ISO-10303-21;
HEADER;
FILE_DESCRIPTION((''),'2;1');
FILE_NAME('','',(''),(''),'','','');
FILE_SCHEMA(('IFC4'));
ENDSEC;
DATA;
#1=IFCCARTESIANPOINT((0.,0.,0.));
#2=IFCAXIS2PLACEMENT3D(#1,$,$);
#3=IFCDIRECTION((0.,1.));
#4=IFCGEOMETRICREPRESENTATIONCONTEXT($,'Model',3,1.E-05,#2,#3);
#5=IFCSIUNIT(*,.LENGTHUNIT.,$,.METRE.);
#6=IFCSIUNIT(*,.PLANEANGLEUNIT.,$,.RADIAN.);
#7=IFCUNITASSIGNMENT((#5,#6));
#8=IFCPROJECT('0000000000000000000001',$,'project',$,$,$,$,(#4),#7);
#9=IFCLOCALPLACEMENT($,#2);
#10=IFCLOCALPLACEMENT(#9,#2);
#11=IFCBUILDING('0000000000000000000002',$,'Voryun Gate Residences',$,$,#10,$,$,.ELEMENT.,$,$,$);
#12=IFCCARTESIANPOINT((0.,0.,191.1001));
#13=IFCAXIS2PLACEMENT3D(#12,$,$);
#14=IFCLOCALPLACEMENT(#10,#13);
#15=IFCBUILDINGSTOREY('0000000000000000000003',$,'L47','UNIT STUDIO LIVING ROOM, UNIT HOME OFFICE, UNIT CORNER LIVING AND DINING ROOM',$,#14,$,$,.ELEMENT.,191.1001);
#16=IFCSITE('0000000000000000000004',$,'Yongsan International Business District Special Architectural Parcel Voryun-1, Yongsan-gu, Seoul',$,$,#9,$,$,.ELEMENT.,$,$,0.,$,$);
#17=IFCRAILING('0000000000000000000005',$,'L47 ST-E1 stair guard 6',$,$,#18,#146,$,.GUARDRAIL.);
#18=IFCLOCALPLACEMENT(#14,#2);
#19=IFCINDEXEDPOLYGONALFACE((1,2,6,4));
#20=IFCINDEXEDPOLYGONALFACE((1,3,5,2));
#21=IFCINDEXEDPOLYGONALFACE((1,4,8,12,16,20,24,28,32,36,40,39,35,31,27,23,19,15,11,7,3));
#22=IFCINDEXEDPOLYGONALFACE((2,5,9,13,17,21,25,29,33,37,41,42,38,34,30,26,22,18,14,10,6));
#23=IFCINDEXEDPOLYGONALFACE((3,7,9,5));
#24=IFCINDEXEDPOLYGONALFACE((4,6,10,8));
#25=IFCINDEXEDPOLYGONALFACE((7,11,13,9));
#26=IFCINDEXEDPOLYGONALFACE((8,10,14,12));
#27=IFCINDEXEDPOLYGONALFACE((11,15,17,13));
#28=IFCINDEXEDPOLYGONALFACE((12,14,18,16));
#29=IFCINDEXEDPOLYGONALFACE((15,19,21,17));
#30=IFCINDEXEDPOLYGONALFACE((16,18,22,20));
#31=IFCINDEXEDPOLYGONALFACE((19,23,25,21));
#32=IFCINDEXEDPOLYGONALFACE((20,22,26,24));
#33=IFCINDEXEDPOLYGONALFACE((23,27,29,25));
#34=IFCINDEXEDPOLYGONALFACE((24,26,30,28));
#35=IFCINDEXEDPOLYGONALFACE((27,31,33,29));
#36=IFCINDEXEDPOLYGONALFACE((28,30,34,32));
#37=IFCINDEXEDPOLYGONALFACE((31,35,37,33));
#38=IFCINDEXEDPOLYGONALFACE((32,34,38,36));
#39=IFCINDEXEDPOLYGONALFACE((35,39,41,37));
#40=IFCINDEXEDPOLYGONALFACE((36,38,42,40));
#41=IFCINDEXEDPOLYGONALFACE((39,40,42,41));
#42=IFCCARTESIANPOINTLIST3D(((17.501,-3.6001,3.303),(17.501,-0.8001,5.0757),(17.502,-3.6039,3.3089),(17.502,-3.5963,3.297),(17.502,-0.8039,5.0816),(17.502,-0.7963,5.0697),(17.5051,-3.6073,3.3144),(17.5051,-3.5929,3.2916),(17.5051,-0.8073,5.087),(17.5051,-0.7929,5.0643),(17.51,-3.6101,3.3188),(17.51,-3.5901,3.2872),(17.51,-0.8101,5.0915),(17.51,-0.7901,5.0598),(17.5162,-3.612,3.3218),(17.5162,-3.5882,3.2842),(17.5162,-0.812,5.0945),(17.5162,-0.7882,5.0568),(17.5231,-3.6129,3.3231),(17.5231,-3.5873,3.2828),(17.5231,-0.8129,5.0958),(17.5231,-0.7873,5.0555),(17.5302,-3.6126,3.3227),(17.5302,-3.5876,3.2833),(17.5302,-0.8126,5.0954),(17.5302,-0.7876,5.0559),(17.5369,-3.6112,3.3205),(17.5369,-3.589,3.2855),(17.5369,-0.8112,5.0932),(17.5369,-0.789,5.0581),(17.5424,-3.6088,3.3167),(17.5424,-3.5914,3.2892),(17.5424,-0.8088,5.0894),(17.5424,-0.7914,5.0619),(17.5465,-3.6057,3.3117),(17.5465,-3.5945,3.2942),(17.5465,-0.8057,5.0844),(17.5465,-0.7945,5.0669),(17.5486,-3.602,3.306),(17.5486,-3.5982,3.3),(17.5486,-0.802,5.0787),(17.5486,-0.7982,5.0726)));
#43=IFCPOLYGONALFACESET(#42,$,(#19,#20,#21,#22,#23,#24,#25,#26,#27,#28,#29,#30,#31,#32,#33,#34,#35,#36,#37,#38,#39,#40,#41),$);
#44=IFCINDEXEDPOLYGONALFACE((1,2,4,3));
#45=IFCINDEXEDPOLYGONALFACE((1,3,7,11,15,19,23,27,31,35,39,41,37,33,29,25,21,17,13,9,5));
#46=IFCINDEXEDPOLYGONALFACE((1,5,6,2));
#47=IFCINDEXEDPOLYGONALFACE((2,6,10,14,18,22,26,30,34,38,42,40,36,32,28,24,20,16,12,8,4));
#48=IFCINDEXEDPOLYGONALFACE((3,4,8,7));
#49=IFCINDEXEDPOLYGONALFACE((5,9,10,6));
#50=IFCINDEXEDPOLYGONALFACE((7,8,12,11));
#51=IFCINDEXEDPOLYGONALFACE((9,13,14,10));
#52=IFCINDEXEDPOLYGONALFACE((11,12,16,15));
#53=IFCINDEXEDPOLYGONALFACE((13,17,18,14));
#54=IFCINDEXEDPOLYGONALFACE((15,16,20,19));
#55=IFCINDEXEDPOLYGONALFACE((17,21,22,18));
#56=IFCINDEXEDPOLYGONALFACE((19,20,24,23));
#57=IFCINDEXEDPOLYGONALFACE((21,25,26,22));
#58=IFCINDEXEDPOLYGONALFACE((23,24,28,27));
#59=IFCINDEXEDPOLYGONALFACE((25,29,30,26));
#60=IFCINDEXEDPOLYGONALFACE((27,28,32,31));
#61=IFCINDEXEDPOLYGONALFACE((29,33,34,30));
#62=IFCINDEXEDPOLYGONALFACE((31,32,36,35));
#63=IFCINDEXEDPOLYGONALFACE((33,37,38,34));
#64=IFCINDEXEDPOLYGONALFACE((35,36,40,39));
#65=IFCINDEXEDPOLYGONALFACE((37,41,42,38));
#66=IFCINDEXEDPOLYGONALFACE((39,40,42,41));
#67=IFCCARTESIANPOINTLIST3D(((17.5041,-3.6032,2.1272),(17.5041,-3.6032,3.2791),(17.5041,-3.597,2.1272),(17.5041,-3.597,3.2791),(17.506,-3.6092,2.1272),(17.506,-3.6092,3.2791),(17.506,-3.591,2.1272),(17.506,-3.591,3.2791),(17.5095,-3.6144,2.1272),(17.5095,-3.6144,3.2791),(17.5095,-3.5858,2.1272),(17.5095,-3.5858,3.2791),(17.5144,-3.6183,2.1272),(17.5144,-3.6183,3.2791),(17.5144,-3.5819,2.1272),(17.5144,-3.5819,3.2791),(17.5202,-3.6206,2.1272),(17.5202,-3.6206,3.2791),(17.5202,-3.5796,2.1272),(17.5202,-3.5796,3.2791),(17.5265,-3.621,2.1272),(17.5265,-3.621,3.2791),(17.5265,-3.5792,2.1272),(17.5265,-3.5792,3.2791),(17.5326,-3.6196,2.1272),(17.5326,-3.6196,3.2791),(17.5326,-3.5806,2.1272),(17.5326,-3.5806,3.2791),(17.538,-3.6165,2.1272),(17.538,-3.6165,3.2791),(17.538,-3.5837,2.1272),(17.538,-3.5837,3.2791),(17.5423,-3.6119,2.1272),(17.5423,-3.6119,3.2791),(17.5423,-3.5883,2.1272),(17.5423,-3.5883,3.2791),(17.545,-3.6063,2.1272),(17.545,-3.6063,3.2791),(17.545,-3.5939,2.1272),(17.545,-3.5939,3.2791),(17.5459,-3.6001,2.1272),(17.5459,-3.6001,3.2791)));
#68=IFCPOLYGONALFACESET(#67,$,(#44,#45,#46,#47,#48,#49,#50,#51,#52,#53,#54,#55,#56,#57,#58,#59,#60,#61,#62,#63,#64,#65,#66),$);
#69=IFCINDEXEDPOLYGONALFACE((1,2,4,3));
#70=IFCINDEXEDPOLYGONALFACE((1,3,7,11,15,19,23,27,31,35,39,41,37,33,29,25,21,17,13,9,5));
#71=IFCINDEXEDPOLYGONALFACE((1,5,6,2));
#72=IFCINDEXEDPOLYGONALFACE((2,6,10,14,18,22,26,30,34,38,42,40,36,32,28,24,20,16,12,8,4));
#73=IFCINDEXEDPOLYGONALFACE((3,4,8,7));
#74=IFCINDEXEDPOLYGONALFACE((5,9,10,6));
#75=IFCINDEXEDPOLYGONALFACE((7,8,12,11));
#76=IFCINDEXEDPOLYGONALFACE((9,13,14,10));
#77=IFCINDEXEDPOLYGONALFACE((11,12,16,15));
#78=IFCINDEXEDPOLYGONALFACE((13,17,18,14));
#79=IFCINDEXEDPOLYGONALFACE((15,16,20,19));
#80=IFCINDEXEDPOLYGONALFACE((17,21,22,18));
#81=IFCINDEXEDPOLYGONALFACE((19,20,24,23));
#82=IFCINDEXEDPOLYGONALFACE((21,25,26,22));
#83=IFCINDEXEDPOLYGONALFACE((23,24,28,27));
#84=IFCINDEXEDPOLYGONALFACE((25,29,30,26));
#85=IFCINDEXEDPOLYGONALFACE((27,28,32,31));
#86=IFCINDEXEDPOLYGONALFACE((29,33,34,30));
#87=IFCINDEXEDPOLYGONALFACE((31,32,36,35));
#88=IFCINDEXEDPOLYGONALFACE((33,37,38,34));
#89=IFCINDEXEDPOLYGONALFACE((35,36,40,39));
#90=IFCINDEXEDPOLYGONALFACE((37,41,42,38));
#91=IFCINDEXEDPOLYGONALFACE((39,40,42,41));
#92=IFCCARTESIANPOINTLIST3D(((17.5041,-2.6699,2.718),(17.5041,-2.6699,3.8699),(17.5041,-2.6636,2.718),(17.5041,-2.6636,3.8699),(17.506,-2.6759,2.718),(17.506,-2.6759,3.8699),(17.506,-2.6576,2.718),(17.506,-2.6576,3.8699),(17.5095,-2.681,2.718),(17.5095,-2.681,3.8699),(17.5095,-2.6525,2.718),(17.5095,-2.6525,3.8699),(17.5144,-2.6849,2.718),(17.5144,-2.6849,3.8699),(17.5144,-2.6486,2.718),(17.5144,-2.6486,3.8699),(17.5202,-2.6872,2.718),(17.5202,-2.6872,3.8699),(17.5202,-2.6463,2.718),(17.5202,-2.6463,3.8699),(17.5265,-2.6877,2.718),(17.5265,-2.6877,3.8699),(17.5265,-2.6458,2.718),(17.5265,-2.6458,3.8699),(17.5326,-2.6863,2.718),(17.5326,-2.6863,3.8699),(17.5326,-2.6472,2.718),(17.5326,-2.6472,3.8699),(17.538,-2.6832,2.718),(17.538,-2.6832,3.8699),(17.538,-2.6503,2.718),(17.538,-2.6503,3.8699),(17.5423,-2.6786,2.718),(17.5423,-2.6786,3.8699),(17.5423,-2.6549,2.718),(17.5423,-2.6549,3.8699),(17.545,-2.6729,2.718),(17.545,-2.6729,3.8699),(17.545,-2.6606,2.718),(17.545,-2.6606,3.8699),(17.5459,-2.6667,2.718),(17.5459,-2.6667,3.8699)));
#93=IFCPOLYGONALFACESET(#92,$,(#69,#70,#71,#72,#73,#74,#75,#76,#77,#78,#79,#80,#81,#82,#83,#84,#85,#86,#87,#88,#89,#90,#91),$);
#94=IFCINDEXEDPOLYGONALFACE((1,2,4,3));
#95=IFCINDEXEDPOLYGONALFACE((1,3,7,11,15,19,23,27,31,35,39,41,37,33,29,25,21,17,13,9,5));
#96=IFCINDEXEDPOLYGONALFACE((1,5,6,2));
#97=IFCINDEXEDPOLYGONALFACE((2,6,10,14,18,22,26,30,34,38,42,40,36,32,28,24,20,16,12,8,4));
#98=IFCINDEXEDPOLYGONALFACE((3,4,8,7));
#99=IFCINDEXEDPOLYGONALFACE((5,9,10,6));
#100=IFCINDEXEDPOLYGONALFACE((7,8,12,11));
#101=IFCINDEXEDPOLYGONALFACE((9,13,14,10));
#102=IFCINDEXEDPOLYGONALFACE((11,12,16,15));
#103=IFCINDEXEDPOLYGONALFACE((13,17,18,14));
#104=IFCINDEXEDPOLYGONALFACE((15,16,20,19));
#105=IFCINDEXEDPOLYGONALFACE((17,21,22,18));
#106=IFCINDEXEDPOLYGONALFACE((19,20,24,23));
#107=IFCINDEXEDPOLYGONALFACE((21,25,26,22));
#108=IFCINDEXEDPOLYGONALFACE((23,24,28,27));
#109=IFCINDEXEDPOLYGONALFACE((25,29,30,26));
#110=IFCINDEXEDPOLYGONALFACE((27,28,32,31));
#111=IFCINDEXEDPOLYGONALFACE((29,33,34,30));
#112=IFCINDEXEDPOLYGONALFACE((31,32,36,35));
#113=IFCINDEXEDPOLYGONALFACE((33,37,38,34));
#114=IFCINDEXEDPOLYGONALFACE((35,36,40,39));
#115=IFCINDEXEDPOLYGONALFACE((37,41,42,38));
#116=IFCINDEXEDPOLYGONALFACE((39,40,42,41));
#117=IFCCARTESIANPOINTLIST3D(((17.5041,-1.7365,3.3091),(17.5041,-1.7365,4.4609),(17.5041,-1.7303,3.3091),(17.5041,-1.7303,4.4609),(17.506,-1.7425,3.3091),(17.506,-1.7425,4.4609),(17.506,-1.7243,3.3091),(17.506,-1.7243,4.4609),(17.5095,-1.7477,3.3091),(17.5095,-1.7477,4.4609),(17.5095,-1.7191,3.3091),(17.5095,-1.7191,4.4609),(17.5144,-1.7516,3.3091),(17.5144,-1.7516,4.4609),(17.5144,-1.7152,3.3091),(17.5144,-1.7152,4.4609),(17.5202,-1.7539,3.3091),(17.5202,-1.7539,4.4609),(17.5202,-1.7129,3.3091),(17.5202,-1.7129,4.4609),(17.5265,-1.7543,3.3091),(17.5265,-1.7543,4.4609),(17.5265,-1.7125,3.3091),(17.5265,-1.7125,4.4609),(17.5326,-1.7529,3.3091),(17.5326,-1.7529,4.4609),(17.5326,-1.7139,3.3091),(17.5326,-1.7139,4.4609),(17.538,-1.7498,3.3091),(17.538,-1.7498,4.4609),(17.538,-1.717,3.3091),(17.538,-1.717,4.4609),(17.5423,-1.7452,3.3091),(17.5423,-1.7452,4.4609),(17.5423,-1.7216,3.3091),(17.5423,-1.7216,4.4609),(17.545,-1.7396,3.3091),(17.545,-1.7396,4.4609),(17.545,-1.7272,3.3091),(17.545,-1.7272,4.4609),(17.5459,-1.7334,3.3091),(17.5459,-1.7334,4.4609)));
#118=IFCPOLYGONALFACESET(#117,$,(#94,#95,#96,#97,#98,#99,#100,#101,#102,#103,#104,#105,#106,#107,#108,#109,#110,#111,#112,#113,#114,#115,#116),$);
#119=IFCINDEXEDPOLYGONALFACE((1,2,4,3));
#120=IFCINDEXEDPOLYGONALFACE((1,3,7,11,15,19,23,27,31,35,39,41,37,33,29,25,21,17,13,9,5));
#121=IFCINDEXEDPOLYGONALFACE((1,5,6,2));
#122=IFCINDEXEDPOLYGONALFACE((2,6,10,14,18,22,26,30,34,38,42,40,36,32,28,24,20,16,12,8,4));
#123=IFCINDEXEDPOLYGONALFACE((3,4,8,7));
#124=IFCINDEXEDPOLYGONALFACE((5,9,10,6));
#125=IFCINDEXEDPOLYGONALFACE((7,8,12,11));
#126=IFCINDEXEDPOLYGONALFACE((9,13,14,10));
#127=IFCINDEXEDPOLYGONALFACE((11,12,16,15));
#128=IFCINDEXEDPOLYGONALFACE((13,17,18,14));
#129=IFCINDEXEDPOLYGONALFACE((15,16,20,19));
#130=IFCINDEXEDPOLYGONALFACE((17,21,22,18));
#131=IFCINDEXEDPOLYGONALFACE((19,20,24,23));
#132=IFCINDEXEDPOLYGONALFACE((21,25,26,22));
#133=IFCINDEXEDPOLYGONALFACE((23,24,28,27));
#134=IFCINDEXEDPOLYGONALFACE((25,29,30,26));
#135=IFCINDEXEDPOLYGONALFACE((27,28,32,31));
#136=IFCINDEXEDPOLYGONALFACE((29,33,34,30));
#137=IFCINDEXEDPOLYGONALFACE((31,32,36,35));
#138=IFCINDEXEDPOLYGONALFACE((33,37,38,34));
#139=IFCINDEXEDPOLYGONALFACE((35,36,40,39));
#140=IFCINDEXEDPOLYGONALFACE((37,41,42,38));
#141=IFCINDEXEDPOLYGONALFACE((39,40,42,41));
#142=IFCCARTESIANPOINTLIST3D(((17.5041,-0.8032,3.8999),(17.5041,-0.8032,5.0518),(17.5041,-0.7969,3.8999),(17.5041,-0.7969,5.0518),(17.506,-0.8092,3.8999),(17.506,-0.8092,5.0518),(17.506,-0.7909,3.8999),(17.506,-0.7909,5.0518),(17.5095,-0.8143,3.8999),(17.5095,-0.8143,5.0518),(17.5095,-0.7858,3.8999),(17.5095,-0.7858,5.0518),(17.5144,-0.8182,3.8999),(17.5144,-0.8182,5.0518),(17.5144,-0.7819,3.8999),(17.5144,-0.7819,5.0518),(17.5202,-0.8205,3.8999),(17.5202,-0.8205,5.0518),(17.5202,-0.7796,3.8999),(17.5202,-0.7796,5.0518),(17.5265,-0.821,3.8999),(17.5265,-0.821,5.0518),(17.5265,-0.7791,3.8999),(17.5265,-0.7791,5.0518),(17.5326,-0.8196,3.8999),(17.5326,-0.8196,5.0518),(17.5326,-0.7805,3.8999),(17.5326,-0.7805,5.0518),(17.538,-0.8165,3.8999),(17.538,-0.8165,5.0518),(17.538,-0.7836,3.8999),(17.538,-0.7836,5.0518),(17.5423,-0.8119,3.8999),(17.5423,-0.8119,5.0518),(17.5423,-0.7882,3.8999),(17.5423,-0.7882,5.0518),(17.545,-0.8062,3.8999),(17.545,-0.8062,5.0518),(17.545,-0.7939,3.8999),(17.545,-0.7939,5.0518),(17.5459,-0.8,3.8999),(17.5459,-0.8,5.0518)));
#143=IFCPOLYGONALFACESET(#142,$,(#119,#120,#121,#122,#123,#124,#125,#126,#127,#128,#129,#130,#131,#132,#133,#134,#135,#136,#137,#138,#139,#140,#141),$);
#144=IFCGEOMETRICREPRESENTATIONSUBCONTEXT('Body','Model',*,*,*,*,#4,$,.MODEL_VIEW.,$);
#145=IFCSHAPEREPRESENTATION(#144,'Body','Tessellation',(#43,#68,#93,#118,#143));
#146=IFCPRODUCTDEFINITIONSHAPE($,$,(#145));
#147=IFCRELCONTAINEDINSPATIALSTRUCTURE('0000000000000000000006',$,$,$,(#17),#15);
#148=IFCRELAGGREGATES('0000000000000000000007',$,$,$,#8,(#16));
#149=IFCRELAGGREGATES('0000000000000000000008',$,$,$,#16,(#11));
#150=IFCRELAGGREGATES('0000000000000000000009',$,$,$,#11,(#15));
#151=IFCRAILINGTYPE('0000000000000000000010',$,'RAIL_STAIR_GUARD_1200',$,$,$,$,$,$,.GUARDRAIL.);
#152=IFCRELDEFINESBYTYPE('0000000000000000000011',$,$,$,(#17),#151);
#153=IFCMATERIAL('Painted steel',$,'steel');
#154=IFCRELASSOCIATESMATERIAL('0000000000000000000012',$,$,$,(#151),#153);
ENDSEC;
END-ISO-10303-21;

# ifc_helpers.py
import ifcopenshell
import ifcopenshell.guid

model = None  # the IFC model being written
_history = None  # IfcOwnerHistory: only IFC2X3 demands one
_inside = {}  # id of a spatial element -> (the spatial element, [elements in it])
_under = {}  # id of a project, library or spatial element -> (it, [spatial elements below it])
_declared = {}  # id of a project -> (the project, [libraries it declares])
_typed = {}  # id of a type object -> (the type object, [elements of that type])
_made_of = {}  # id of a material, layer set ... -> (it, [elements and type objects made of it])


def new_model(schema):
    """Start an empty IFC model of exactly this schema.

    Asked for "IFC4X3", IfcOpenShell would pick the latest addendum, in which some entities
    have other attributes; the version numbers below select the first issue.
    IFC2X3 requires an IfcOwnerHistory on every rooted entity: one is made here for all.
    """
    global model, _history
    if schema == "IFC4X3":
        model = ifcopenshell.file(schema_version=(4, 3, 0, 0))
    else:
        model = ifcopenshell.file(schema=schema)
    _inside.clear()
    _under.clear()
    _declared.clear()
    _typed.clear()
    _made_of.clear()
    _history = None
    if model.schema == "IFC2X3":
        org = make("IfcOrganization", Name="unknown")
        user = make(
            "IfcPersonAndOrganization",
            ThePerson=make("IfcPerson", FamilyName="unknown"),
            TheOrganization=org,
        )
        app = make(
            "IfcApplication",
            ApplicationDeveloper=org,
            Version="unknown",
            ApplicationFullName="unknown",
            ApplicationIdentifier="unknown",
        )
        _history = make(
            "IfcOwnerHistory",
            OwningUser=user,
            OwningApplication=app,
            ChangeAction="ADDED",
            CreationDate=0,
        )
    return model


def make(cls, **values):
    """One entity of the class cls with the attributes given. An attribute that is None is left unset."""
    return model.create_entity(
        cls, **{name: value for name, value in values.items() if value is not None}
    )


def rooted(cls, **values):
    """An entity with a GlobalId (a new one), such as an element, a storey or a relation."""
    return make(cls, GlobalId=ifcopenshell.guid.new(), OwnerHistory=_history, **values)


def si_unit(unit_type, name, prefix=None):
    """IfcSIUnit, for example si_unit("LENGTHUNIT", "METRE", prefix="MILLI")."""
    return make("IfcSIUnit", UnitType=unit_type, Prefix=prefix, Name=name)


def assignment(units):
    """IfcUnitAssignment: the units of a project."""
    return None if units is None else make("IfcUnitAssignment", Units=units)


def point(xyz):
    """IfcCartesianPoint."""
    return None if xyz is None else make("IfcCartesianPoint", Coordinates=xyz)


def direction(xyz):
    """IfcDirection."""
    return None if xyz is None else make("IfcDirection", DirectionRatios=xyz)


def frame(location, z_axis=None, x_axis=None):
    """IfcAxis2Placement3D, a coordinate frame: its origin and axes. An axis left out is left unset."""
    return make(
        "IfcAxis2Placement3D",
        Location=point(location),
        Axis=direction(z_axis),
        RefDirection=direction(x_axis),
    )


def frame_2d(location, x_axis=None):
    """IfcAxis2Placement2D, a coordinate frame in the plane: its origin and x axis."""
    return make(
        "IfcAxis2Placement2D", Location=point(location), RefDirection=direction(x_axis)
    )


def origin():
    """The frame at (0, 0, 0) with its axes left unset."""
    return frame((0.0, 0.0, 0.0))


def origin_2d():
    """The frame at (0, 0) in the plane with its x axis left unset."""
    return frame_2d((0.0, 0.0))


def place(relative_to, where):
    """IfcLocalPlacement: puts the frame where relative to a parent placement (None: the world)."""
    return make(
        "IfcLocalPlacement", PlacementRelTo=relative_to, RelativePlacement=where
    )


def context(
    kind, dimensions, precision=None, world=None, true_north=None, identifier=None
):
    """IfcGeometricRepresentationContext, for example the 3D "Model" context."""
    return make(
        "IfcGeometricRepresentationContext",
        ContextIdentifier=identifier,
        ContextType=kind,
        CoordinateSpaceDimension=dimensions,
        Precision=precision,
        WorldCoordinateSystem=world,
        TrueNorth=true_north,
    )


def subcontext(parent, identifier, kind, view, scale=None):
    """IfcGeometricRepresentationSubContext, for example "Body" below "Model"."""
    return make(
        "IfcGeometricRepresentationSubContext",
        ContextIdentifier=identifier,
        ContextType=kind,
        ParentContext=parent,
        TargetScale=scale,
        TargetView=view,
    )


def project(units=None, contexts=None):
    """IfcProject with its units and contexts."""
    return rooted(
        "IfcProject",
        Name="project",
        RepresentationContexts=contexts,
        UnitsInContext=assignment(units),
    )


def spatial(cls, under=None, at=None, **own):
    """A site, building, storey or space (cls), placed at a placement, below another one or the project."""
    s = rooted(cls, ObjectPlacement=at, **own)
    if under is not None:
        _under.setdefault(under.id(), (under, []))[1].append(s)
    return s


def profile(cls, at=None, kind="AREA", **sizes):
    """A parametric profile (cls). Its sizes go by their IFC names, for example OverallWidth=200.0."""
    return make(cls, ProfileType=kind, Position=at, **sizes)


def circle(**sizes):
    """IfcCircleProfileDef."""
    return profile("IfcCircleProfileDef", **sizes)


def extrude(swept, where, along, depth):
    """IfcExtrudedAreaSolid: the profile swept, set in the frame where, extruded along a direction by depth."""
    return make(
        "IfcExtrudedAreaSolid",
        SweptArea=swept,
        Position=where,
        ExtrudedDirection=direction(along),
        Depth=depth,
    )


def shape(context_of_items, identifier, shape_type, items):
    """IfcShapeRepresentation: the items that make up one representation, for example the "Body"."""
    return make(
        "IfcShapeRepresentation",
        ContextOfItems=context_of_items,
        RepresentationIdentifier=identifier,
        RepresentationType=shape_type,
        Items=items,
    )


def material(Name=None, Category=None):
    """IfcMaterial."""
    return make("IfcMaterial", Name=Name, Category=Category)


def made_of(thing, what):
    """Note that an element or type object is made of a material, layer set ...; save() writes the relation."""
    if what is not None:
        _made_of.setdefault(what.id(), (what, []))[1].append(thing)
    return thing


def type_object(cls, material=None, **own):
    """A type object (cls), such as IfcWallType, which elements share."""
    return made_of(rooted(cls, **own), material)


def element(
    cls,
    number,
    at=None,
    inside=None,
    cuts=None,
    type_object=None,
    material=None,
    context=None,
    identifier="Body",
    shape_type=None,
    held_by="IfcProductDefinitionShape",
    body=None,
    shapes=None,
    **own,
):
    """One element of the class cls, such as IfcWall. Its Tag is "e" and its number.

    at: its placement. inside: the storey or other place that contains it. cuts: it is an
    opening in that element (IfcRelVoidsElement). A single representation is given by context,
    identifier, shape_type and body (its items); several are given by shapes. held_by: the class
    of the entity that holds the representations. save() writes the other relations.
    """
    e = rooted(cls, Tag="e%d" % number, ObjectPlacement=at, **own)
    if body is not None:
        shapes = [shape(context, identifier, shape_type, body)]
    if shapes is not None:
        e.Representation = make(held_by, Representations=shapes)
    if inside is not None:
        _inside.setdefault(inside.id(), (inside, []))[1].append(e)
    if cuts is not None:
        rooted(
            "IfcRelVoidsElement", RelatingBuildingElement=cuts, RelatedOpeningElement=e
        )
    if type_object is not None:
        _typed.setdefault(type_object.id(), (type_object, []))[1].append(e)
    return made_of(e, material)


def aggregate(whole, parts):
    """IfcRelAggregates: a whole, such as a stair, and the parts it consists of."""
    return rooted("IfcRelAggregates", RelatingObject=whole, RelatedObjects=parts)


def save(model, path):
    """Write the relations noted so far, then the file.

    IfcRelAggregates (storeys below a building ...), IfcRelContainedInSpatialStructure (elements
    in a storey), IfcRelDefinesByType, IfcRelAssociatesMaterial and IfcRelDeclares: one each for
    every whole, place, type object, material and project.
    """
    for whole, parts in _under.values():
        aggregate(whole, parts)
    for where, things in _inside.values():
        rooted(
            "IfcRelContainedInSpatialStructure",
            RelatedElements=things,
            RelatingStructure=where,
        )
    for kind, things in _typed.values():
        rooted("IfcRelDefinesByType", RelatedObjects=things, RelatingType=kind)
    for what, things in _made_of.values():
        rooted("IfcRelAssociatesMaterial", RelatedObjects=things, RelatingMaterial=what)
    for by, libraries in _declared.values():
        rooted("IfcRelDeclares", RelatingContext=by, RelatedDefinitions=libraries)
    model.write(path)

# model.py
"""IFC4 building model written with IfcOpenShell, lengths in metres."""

from ifc_helpers import new_model, si_unit, direction, frame, origin, origin_2d, place, context, subcontext, project, spatial, circle, extrude, material, type_object, element, save


model = new_model("IFC4")

# Units and contexts
model_context = context("Model", 3, precision=1e-05, world=origin(), true_north=direction((0.0, 1.0)))
body_context = subcontext(model_context, "Body", "Model", "MODEL_VIEW")
ifc_project = project(units=[si_unit("LENGTHUNIT", "METRE"), si_unit("PLANEANGLEUNIT", "RADIAN")], contexts=[model_context])

# Site, building, storey
site_placement = place(None, origin())
site = spatial("IfcSite", under=ifc_project, at=site_placement, Name="Yongsan International Business District Special Architectural Parcel Voryun-1, Yongsan-gu, Seoul", CompositionType="ELEMENT", RefElevation=0.0)
building_placement = place(site_placement, origin())
building = spatial("IfcBuilding", under=site, at=building_placement, Name="Voryun Gate Residences", CompositionType="ELEMENT")
storey_placement = place(building_placement, frame((0.0, 0.0, 191.1001)))
storey = spatial("IfcBuildingStorey", under=building, at=storey_placement, Name="L47", Description="UNIT STUDIO LIVING ROOM, UNIT HOME OFFICE, UNIT CORNER LIVING AND DINING ROOM", CompositionType="ELEMENT", Elevation=191.1001)

# Railing
ifc_material_1 = material(Name="Painted steel", Category="steel")
railing_type_1 = type_object("IfcRailingType", Name="RAIL_STAIR_GUARD_1200", PredefinedType="GUARDRAIL", material=ifc_material_1)
railing_1_placement = place(storey_placement, frame((17.5249, -3.6001, 2.1272)))
element("IfcRailing", 1, at=railing_1_placement, inside=storey, type_object=railing_type_1, Name="L47 ST-E1 stair guard 6", PredefinedType="GUARDRAIL", context=body_context, shape_type="SweptSolid", body=[
    extrude(circle(Radius=0.0239, at=origin_2d()), frame((0.0, 0.0, 1.1758), z_axis=(0.0, 0.844909, 0.53491), x_axis=(-1.0, 0.0, 0.0)), (0.0, 0.0, 1.0), 3.314),
    extrude(circle(Radius=0.021, at=origin_2d()), origin(), (0.0, 0.0, 1.0), 1.1519),
    extrude(circle(Radius=0.021, at=origin_2d()), frame((0.0, 0.9333, 0.5908)), (0.0, 0.0, 1.0), 1.1519),
    extrude(circle(Radius=0.021, at=origin_2d()), frame((0.0, 1.8667, 1.1819)), (0.0, 0.0, 1.0), 1.1519),
    extrude(circle(Radius=0.021, at=origin_2d()), frame((0.0, 2.8, 1.7727)), (0.0, 0.0, 1.0), 1.1519),
])

save(model, "model.ifc")
